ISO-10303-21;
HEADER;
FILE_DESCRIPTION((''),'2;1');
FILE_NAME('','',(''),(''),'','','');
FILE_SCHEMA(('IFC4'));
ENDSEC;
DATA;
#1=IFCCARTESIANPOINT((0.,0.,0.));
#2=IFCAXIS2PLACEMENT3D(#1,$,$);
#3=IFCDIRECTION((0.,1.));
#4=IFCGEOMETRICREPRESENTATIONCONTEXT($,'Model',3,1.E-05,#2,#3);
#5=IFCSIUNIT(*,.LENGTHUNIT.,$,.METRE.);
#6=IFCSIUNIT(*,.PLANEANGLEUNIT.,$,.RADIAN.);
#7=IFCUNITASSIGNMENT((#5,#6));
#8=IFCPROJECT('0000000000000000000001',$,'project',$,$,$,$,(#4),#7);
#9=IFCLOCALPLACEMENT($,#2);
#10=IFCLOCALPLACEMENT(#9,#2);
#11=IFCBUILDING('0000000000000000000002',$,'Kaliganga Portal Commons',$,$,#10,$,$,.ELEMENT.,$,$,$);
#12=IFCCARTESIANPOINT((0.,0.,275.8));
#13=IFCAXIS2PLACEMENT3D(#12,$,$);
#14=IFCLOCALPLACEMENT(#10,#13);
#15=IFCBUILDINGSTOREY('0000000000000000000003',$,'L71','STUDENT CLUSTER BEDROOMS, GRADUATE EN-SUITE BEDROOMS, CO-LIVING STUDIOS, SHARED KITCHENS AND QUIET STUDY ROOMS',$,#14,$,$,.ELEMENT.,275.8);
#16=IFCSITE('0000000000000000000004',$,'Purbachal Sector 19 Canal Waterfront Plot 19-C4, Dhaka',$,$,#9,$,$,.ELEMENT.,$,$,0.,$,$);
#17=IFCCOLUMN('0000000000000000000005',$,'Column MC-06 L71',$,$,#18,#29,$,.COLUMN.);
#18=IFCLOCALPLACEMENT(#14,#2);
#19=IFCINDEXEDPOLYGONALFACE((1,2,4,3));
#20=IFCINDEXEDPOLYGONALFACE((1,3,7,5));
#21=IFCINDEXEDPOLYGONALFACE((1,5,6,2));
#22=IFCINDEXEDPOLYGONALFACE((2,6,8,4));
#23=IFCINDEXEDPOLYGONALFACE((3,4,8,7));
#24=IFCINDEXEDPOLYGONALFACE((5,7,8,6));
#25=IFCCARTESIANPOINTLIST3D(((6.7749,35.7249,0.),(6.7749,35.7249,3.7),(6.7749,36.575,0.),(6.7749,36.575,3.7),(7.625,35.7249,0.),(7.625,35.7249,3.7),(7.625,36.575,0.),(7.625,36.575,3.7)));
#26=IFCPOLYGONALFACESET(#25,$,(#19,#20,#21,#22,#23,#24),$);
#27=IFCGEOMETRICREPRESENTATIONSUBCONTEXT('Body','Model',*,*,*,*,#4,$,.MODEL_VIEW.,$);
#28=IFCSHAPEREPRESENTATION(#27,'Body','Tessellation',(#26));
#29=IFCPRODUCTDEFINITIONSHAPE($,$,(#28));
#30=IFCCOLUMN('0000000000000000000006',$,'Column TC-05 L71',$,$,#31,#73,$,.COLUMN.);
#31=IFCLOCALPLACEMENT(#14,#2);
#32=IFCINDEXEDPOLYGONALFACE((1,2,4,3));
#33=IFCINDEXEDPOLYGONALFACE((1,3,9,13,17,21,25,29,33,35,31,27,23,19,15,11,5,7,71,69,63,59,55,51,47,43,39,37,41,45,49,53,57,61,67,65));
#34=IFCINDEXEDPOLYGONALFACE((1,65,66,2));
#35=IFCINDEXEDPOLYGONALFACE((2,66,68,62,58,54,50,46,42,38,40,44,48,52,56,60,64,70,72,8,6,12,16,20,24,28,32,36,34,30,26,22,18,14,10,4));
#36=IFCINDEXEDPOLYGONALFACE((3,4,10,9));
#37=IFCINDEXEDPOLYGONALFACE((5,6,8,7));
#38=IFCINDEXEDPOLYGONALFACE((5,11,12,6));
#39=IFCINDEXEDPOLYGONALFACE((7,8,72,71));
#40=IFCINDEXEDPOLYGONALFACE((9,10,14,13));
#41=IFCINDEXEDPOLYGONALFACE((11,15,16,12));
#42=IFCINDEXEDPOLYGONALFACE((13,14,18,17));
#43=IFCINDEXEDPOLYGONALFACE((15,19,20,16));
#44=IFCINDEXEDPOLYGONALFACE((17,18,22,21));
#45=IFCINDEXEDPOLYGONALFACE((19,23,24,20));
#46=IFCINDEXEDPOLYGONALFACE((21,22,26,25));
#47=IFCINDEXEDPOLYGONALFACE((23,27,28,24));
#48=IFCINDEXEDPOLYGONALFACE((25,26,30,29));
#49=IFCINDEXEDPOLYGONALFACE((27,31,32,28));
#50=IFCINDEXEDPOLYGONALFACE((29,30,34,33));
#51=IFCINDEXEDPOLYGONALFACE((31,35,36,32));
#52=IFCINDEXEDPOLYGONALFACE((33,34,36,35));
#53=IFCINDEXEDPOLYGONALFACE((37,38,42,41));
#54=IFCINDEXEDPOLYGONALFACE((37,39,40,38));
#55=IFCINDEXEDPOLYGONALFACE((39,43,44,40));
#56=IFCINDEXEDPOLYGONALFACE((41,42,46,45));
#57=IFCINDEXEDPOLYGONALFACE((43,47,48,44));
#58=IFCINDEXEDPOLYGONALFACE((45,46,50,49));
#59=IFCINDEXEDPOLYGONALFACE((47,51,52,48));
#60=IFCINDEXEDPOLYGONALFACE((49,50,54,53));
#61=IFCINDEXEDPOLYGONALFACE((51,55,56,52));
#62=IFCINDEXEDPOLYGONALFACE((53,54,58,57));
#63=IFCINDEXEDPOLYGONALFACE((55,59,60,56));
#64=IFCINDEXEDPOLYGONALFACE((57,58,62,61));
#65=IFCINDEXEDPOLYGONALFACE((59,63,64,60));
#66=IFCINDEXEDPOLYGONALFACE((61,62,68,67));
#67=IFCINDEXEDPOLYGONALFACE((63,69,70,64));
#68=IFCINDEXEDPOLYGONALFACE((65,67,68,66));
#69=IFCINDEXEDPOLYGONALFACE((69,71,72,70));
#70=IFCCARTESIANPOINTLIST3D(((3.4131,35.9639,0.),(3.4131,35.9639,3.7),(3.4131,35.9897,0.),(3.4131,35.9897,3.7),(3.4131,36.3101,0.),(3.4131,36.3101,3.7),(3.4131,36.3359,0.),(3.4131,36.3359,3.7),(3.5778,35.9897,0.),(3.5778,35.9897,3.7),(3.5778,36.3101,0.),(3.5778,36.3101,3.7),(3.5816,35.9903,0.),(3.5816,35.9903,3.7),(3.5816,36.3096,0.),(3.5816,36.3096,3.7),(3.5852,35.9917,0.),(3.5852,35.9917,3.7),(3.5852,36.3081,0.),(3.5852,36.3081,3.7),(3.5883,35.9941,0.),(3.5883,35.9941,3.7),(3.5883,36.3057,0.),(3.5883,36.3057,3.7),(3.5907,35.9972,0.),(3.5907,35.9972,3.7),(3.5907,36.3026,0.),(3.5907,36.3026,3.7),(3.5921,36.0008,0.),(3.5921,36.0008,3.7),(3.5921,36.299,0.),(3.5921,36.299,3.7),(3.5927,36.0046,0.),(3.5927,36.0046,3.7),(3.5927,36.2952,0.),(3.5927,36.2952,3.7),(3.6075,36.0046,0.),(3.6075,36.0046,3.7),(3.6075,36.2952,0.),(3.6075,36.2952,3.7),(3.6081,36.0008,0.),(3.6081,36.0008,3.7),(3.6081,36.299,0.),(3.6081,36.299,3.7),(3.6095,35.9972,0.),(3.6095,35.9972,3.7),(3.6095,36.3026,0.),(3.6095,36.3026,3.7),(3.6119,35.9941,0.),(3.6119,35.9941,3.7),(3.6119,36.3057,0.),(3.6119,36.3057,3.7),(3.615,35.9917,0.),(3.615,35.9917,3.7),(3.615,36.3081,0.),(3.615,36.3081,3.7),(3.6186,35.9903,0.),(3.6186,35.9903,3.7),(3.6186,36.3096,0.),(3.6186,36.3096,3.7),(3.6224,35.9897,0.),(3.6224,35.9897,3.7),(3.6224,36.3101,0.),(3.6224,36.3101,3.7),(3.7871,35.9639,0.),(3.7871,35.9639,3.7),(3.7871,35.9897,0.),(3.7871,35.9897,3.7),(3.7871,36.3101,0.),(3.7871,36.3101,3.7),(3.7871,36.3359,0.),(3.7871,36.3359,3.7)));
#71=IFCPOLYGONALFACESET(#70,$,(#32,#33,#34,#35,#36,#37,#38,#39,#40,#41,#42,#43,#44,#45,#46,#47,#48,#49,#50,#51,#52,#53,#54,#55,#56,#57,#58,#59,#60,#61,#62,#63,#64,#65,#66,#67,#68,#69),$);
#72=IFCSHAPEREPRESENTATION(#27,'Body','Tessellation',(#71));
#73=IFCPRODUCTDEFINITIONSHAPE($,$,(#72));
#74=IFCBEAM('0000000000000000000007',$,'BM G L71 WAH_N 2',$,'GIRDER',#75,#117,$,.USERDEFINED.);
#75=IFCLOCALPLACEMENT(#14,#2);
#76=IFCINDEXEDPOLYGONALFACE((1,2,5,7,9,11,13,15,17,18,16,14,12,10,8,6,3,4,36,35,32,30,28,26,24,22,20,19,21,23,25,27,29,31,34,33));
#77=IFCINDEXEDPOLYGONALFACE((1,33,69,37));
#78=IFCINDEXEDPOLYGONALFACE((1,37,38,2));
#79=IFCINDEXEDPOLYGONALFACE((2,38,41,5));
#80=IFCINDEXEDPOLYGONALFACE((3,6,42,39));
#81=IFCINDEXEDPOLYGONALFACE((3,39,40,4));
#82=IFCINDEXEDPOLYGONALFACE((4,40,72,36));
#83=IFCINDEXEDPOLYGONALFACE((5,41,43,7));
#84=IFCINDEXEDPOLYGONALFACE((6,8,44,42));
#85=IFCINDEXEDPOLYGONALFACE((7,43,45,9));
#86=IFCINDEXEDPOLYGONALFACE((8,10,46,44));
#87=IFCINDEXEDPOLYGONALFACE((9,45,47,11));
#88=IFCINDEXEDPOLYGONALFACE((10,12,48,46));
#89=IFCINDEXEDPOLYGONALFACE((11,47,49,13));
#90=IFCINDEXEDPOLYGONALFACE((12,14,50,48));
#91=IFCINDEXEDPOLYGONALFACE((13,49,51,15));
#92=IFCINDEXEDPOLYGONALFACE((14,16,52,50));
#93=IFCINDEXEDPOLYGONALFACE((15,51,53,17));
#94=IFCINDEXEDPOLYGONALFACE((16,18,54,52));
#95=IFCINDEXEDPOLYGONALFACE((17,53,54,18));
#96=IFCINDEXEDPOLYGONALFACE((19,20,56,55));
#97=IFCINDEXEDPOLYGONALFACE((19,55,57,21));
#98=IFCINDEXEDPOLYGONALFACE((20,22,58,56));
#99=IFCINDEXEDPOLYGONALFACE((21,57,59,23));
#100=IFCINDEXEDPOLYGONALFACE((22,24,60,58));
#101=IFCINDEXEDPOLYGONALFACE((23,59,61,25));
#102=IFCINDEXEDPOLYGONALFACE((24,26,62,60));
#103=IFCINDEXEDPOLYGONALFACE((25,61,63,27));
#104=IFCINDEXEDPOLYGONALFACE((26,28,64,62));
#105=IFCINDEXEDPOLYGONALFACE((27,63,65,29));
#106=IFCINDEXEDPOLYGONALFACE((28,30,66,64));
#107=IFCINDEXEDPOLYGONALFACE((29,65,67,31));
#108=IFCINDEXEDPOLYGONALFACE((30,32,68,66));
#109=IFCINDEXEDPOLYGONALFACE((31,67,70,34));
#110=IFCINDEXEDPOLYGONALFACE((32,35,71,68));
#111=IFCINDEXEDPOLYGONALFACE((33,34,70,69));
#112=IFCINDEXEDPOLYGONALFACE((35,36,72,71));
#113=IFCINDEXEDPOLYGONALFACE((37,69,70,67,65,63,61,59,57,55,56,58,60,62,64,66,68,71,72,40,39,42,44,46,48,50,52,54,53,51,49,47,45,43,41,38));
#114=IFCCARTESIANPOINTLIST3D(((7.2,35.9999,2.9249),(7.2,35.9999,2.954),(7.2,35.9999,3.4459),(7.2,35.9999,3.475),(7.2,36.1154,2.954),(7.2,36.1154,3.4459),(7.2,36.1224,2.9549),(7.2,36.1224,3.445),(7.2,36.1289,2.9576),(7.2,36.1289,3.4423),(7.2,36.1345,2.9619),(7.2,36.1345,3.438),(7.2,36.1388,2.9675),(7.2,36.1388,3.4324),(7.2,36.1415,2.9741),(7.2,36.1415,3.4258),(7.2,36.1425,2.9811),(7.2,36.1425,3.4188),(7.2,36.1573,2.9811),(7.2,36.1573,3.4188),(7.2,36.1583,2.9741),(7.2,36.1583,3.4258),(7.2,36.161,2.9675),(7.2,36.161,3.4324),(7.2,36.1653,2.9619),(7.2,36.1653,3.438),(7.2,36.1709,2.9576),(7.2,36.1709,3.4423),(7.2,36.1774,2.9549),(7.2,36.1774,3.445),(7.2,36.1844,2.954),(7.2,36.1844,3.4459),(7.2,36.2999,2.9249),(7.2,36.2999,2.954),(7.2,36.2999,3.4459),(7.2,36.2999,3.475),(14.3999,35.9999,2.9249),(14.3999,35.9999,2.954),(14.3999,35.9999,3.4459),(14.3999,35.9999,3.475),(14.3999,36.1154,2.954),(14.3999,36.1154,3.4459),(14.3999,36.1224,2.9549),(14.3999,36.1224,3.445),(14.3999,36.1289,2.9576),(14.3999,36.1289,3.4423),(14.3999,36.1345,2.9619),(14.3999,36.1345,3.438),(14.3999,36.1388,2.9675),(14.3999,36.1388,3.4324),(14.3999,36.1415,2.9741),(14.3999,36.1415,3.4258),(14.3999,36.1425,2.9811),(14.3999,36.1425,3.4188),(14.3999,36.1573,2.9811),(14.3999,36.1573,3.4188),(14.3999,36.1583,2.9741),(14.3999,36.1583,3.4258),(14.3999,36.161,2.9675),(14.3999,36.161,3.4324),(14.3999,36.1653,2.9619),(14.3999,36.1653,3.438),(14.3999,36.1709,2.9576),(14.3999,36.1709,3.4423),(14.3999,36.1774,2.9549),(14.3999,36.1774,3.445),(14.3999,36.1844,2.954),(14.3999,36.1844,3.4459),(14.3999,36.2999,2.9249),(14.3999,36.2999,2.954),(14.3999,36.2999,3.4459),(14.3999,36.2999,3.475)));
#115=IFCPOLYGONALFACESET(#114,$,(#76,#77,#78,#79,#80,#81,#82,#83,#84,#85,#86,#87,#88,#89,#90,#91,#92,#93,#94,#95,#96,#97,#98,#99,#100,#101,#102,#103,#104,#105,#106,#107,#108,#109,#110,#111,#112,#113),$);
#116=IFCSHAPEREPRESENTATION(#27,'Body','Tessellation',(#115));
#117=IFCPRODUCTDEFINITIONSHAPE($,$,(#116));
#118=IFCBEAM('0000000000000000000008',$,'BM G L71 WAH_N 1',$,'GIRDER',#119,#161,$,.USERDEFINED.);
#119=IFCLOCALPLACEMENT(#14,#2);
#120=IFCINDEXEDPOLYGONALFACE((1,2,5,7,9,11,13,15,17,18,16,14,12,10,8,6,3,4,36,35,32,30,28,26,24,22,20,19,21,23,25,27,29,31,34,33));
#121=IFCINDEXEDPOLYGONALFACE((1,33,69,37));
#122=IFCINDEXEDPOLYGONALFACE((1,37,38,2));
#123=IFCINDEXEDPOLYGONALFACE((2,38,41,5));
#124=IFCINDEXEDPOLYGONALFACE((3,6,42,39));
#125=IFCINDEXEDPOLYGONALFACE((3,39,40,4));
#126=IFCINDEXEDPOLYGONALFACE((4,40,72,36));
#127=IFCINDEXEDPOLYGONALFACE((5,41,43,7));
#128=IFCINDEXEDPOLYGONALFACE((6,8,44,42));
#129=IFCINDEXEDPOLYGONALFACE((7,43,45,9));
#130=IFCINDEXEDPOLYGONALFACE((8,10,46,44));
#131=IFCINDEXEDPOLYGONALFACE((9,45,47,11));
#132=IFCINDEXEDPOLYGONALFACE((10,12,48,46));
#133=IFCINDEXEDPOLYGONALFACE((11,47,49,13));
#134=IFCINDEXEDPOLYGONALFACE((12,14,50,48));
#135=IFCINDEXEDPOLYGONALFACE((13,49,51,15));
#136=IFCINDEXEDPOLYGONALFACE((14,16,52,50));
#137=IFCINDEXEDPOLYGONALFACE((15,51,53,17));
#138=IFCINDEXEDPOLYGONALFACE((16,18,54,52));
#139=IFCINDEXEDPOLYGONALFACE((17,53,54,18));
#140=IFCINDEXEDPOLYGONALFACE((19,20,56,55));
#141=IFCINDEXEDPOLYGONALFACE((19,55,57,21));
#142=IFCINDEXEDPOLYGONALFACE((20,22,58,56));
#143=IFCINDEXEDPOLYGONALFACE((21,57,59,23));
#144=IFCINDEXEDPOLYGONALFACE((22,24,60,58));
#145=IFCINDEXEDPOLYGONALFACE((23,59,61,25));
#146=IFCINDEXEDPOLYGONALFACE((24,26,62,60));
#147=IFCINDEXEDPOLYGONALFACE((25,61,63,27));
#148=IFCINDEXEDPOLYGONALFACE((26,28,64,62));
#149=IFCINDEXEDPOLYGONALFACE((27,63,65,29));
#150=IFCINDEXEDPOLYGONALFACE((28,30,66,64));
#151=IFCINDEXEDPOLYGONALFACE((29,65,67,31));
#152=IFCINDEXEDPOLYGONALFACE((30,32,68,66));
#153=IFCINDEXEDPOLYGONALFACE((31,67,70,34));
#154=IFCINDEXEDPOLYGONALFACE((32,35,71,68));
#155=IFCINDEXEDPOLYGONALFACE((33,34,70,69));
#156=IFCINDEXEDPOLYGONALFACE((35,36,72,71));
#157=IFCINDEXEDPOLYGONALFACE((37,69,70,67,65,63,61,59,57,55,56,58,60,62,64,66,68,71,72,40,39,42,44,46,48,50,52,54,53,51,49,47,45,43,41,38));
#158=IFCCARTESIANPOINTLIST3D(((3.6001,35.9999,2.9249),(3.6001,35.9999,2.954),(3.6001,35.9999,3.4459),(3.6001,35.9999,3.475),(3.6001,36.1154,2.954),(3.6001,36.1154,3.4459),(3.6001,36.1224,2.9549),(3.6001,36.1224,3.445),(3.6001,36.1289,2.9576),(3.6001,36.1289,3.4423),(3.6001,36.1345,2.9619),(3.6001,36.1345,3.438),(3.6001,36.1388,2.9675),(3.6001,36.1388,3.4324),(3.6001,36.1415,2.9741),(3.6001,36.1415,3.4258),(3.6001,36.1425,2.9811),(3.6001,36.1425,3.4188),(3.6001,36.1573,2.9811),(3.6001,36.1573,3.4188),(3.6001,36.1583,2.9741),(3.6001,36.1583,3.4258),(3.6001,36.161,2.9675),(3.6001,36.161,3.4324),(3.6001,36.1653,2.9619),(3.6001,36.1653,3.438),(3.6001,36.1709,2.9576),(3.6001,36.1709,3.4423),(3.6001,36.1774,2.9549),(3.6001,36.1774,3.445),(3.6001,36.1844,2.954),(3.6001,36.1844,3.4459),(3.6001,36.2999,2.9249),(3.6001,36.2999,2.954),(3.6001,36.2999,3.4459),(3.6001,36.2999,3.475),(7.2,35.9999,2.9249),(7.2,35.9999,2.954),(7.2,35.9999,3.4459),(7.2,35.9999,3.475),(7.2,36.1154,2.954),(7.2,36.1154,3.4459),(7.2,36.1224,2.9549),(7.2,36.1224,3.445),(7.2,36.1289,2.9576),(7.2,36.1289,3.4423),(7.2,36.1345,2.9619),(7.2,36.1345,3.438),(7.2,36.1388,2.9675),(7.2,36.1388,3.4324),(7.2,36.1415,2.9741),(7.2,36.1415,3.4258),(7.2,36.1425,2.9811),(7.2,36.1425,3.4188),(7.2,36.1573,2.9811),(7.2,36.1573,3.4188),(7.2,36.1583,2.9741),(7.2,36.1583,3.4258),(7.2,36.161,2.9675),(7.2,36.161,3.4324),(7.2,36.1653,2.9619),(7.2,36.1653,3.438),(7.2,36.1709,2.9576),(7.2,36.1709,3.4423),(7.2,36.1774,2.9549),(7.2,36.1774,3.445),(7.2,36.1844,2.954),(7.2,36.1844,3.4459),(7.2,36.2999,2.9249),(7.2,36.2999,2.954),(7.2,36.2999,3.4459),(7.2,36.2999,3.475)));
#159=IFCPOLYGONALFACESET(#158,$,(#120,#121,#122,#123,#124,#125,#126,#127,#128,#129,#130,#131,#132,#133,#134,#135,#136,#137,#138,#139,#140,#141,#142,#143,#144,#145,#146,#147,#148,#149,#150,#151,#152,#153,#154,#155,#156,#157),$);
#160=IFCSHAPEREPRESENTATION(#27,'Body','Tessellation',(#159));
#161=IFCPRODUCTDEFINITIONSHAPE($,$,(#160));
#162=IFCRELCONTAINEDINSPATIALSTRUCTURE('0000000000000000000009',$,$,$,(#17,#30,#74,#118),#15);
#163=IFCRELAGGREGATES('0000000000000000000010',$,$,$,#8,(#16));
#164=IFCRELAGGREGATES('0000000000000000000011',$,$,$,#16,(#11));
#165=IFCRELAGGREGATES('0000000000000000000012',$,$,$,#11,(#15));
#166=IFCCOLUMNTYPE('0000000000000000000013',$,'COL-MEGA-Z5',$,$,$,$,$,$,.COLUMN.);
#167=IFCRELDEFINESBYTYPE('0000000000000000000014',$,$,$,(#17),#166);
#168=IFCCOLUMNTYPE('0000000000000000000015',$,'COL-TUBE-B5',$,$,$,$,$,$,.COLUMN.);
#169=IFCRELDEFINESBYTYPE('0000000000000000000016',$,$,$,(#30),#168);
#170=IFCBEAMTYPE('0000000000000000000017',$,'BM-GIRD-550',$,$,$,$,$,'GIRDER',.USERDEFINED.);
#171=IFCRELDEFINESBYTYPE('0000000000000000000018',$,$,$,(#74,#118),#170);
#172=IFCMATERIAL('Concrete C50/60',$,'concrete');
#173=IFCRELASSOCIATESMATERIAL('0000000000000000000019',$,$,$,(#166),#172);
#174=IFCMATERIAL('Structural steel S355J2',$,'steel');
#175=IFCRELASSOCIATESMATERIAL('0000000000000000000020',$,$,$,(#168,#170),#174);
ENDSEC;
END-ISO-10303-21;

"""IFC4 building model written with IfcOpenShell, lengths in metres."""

from ifc_helpers import new_model, si_unit, direction, frame, origin, origin_2d, place, context, subcontext, project, spatial, rectangle, i_section, extrude, source, transform, mapped, material, material_profile, profile_set, type_object, element, save


model = new_model("IFC4")

# Units and contexts
model_context = context("Model", 3, precision=1e-05, world=origin(), true_north=direction((0.0, 1.0)))
body_context = subcontext(model_context, "Body", "Model", "MODEL_VIEW")
ifc_project = project(units=[si_unit("LENGTHUNIT", "METRE"), si_unit("PLANEANGLEUNIT", "RADIAN")], contexts=[model_context])

# Site, building, storey
site_placement = place(None, origin())
site = spatial("IfcSite", under=ifc_project, at=site_placement, Name="Purbachal Sector 19 Canal Waterfront Plot 19-C4, Dhaka", CompositionType="ELEMENT", RefElevation=0.0)
building_placement = place(site_placement, origin())
building = spatial("IfcBuilding", under=site, at=building_placement, Name="Kaliganga Portal Commons", CompositionType="ELEMENT")
storey_placement = place(building_placement, frame((0.0, 0.0, 275.8)))
storey = spatial("IfcBuildingStorey", under=building, at=storey_placement, Name="L71", Description="STUDENT CLUSTER BEDROOMS, GRADUATE EN-SUITE BEDROOMS, CO-LIVING STUDIOS, SHARED KITCHENS AND QUIET STUDY ROOMS", CompositionType="ELEMENT", Elevation=275.8)

# Columns
ifc_material_1 = material(Name="Concrete C50/60", Category="concrete")
ifc_material_profile_1 = material_profile(ifc_material_1, rectangle(XDim=0.8501, YDim=0.8501, at=origin_2d()), Name="RC 850x850")
ifc_profile_set_1 = profile_set([ifc_material_profile_1], Name="Concrete C50/60")
column_type_1 = type_object("IfcColumnType", Name="COL-MEGA-Z5", PredefinedType="COLUMN", material=ifc_profile_set_1)
shared_shape_1 = source(origin(), body_context, "Body", "SweptSolid", [
    extrude(rectangle(XDim=0.8501, YDim=0.8501, at=origin_2d()), origin(), (0.0, 0.0, 1.0), 3.7),
])
column_1_placement = place(storey_placement, frame((7.2, 36.1499, 0.0), z_axis=(0.0, 0.0, 1.0), x_axis=(1.0, 0.0, 0.0)))
element("IfcColumn", 1, at=column_1_placement, inside=storey, type_object=column_type_1, Name="Column MC-06 L71", PredefinedType="COLUMN", context=body_context, shape_type="MappedRepresentation", body=[
    mapped(shared_shape_1, transform((0.0, 0.0, 0.0), x_axis=(1.0, 0.0, 0.0), y_axis=(0.0, 1.0, 0.0), z_axis=(0.0, 0.0, 1.0), scale=1.0)),
])
ifc_material_2 = material(Name="Structural steel S355J2", Category="steel")
ifc_material_profile_2 = material_profile(ifc_material_2, i_section(OverallWidth=0.374, OverallDepth=0.3721, WebThickness=0.0149, FlangeThickness=0.0259, FilletRadius=0.0149, at=origin_2d()), Name="HD 360x196")
ifc_profile_set_2 = profile_set([ifc_material_profile_2], Name="Structural steel S355J2 wide-flange")
column_type_2 = type_object("IfcColumnType", Name="COL-TUBE-B5", PredefinedType="COLUMN", material=ifc_profile_set_2)
shared_shape_2 = source(origin(), body_context, "Body", "SweptSolid", [
    extrude(i_section(OverallWidth=0.374, OverallDepth=0.3721, WebThickness=0.0149, FlangeThickness=0.0259, FilletRadius=0.0149, at=origin_2d()), origin(), (0.0, 0.0, 1.0), 3.7),
])
column_2_placement = place(storey_placement, frame((3.6001, 36.1499, 0.0), z_axis=(0.0, 0.0, 1.0), x_axis=(1.0, 0.0, 0.0)))
element("IfcColumn", 2, at=column_2_placement, inside=storey, type_object=column_type_2, Name="Column TC-05 L71", PredefinedType="COLUMN", context=body_context, shape_type="MappedRepresentation", body=[
    mapped(shared_shape_2, transform((0.0, 0.0, 0.0), x_axis=(1.0, 0.0, 0.0), y_axis=(0.0, 1.0, 0.0), z_axis=(0.0, 0.0, 1.0), scale=1.0)),
])

# Beams
ifc_material_profile_3 = material_profile(ifc_material_2, i_section(OverallWidth=0.3, OverallDepth=0.55, WebThickness=0.0149, FlangeThickness=0.0291, FilletRadius=0.0271, at=origin_2d()), Name="HE 550 B")
ifc_profile_set_3 = profile_set([ifc_material_profile_3], Name="Structural steel S355J2 wide-flange")
beam_type = type_object("IfcBeamType", Name="BM-GIRD-550", ElementType="GIRDER", PredefinedType="USERDEFINED", material=ifc_profile_set_3)
shared_shape_3 = source(origin(), body_context, "Body", "SweptSolid", [
    extrude(i_section(OverallWidth=0.3, OverallDepth=0.55, WebThickness=0.0149, FlangeThickness=0.0291, FilletRadius=0.0271, at=origin_2d()), origin(), (0.0, 0.0, 1.0), 7.2),
])
beam_1_placement = place(storey_placement, frame((7.2, 36.1499, 3.2), z_axis=(1.0, 0.0, 0.0), x_axis=(0.0, 1.0, 0.0)))
element("IfcBeam", 3, at=beam_1_placement, inside=storey, type_object=beam_type, Name="BM G L71 WAH_N 2", ObjectType="GIRDER", PredefinedType="USERDEFINED", context=body_context, shape_type="MappedRepresentation", body=[
    mapped(shared_shape_3, transform((0.0, 0.0, 0.0), x_axis=(1.0, 0.0, 0.0), y_axis=(0.0, 1.0, 0.0), z_axis=(0.0, 0.0, 1.0), scale=1.0)),
])
shared_shape_4 = source(origin(), body_context, "Body", "SweptSolid", [
    extrude(i_section(OverallWidth=0.3, OverallDepth=0.55, WebThickness=0.0149, FlangeThickness=0.0291, FilletRadius=0.0271, at=origin_2d()), origin(), (0.0, 0.0, 1.0), 3.5999),
])
beam_2_placement = place(storey_placement, frame((3.6001, 36.1499, 3.2), z_axis=(1.0, 0.0, 0.0), x_axis=(0.0, 1.0, 0.0)))
element("IfcBeam", 4, at=beam_2_placement, inside=storey, type_object=beam_type, Name="BM G L71 WAH_N 1", ObjectType="GIRDER", PredefinedType="USERDEFINED", context=body_context, shape_type="MappedRepresentation", body=[
    mapped(shared_shape_4, transform((0.0, 0.0, 0.0), x_axis=(1.0, 0.0, 0.0), y_axis=(0.0, 1.0, 0.0), z_axis=(0.0, 0.0, 1.0), scale=1.0)),
])

save(model, "model.ifc")
